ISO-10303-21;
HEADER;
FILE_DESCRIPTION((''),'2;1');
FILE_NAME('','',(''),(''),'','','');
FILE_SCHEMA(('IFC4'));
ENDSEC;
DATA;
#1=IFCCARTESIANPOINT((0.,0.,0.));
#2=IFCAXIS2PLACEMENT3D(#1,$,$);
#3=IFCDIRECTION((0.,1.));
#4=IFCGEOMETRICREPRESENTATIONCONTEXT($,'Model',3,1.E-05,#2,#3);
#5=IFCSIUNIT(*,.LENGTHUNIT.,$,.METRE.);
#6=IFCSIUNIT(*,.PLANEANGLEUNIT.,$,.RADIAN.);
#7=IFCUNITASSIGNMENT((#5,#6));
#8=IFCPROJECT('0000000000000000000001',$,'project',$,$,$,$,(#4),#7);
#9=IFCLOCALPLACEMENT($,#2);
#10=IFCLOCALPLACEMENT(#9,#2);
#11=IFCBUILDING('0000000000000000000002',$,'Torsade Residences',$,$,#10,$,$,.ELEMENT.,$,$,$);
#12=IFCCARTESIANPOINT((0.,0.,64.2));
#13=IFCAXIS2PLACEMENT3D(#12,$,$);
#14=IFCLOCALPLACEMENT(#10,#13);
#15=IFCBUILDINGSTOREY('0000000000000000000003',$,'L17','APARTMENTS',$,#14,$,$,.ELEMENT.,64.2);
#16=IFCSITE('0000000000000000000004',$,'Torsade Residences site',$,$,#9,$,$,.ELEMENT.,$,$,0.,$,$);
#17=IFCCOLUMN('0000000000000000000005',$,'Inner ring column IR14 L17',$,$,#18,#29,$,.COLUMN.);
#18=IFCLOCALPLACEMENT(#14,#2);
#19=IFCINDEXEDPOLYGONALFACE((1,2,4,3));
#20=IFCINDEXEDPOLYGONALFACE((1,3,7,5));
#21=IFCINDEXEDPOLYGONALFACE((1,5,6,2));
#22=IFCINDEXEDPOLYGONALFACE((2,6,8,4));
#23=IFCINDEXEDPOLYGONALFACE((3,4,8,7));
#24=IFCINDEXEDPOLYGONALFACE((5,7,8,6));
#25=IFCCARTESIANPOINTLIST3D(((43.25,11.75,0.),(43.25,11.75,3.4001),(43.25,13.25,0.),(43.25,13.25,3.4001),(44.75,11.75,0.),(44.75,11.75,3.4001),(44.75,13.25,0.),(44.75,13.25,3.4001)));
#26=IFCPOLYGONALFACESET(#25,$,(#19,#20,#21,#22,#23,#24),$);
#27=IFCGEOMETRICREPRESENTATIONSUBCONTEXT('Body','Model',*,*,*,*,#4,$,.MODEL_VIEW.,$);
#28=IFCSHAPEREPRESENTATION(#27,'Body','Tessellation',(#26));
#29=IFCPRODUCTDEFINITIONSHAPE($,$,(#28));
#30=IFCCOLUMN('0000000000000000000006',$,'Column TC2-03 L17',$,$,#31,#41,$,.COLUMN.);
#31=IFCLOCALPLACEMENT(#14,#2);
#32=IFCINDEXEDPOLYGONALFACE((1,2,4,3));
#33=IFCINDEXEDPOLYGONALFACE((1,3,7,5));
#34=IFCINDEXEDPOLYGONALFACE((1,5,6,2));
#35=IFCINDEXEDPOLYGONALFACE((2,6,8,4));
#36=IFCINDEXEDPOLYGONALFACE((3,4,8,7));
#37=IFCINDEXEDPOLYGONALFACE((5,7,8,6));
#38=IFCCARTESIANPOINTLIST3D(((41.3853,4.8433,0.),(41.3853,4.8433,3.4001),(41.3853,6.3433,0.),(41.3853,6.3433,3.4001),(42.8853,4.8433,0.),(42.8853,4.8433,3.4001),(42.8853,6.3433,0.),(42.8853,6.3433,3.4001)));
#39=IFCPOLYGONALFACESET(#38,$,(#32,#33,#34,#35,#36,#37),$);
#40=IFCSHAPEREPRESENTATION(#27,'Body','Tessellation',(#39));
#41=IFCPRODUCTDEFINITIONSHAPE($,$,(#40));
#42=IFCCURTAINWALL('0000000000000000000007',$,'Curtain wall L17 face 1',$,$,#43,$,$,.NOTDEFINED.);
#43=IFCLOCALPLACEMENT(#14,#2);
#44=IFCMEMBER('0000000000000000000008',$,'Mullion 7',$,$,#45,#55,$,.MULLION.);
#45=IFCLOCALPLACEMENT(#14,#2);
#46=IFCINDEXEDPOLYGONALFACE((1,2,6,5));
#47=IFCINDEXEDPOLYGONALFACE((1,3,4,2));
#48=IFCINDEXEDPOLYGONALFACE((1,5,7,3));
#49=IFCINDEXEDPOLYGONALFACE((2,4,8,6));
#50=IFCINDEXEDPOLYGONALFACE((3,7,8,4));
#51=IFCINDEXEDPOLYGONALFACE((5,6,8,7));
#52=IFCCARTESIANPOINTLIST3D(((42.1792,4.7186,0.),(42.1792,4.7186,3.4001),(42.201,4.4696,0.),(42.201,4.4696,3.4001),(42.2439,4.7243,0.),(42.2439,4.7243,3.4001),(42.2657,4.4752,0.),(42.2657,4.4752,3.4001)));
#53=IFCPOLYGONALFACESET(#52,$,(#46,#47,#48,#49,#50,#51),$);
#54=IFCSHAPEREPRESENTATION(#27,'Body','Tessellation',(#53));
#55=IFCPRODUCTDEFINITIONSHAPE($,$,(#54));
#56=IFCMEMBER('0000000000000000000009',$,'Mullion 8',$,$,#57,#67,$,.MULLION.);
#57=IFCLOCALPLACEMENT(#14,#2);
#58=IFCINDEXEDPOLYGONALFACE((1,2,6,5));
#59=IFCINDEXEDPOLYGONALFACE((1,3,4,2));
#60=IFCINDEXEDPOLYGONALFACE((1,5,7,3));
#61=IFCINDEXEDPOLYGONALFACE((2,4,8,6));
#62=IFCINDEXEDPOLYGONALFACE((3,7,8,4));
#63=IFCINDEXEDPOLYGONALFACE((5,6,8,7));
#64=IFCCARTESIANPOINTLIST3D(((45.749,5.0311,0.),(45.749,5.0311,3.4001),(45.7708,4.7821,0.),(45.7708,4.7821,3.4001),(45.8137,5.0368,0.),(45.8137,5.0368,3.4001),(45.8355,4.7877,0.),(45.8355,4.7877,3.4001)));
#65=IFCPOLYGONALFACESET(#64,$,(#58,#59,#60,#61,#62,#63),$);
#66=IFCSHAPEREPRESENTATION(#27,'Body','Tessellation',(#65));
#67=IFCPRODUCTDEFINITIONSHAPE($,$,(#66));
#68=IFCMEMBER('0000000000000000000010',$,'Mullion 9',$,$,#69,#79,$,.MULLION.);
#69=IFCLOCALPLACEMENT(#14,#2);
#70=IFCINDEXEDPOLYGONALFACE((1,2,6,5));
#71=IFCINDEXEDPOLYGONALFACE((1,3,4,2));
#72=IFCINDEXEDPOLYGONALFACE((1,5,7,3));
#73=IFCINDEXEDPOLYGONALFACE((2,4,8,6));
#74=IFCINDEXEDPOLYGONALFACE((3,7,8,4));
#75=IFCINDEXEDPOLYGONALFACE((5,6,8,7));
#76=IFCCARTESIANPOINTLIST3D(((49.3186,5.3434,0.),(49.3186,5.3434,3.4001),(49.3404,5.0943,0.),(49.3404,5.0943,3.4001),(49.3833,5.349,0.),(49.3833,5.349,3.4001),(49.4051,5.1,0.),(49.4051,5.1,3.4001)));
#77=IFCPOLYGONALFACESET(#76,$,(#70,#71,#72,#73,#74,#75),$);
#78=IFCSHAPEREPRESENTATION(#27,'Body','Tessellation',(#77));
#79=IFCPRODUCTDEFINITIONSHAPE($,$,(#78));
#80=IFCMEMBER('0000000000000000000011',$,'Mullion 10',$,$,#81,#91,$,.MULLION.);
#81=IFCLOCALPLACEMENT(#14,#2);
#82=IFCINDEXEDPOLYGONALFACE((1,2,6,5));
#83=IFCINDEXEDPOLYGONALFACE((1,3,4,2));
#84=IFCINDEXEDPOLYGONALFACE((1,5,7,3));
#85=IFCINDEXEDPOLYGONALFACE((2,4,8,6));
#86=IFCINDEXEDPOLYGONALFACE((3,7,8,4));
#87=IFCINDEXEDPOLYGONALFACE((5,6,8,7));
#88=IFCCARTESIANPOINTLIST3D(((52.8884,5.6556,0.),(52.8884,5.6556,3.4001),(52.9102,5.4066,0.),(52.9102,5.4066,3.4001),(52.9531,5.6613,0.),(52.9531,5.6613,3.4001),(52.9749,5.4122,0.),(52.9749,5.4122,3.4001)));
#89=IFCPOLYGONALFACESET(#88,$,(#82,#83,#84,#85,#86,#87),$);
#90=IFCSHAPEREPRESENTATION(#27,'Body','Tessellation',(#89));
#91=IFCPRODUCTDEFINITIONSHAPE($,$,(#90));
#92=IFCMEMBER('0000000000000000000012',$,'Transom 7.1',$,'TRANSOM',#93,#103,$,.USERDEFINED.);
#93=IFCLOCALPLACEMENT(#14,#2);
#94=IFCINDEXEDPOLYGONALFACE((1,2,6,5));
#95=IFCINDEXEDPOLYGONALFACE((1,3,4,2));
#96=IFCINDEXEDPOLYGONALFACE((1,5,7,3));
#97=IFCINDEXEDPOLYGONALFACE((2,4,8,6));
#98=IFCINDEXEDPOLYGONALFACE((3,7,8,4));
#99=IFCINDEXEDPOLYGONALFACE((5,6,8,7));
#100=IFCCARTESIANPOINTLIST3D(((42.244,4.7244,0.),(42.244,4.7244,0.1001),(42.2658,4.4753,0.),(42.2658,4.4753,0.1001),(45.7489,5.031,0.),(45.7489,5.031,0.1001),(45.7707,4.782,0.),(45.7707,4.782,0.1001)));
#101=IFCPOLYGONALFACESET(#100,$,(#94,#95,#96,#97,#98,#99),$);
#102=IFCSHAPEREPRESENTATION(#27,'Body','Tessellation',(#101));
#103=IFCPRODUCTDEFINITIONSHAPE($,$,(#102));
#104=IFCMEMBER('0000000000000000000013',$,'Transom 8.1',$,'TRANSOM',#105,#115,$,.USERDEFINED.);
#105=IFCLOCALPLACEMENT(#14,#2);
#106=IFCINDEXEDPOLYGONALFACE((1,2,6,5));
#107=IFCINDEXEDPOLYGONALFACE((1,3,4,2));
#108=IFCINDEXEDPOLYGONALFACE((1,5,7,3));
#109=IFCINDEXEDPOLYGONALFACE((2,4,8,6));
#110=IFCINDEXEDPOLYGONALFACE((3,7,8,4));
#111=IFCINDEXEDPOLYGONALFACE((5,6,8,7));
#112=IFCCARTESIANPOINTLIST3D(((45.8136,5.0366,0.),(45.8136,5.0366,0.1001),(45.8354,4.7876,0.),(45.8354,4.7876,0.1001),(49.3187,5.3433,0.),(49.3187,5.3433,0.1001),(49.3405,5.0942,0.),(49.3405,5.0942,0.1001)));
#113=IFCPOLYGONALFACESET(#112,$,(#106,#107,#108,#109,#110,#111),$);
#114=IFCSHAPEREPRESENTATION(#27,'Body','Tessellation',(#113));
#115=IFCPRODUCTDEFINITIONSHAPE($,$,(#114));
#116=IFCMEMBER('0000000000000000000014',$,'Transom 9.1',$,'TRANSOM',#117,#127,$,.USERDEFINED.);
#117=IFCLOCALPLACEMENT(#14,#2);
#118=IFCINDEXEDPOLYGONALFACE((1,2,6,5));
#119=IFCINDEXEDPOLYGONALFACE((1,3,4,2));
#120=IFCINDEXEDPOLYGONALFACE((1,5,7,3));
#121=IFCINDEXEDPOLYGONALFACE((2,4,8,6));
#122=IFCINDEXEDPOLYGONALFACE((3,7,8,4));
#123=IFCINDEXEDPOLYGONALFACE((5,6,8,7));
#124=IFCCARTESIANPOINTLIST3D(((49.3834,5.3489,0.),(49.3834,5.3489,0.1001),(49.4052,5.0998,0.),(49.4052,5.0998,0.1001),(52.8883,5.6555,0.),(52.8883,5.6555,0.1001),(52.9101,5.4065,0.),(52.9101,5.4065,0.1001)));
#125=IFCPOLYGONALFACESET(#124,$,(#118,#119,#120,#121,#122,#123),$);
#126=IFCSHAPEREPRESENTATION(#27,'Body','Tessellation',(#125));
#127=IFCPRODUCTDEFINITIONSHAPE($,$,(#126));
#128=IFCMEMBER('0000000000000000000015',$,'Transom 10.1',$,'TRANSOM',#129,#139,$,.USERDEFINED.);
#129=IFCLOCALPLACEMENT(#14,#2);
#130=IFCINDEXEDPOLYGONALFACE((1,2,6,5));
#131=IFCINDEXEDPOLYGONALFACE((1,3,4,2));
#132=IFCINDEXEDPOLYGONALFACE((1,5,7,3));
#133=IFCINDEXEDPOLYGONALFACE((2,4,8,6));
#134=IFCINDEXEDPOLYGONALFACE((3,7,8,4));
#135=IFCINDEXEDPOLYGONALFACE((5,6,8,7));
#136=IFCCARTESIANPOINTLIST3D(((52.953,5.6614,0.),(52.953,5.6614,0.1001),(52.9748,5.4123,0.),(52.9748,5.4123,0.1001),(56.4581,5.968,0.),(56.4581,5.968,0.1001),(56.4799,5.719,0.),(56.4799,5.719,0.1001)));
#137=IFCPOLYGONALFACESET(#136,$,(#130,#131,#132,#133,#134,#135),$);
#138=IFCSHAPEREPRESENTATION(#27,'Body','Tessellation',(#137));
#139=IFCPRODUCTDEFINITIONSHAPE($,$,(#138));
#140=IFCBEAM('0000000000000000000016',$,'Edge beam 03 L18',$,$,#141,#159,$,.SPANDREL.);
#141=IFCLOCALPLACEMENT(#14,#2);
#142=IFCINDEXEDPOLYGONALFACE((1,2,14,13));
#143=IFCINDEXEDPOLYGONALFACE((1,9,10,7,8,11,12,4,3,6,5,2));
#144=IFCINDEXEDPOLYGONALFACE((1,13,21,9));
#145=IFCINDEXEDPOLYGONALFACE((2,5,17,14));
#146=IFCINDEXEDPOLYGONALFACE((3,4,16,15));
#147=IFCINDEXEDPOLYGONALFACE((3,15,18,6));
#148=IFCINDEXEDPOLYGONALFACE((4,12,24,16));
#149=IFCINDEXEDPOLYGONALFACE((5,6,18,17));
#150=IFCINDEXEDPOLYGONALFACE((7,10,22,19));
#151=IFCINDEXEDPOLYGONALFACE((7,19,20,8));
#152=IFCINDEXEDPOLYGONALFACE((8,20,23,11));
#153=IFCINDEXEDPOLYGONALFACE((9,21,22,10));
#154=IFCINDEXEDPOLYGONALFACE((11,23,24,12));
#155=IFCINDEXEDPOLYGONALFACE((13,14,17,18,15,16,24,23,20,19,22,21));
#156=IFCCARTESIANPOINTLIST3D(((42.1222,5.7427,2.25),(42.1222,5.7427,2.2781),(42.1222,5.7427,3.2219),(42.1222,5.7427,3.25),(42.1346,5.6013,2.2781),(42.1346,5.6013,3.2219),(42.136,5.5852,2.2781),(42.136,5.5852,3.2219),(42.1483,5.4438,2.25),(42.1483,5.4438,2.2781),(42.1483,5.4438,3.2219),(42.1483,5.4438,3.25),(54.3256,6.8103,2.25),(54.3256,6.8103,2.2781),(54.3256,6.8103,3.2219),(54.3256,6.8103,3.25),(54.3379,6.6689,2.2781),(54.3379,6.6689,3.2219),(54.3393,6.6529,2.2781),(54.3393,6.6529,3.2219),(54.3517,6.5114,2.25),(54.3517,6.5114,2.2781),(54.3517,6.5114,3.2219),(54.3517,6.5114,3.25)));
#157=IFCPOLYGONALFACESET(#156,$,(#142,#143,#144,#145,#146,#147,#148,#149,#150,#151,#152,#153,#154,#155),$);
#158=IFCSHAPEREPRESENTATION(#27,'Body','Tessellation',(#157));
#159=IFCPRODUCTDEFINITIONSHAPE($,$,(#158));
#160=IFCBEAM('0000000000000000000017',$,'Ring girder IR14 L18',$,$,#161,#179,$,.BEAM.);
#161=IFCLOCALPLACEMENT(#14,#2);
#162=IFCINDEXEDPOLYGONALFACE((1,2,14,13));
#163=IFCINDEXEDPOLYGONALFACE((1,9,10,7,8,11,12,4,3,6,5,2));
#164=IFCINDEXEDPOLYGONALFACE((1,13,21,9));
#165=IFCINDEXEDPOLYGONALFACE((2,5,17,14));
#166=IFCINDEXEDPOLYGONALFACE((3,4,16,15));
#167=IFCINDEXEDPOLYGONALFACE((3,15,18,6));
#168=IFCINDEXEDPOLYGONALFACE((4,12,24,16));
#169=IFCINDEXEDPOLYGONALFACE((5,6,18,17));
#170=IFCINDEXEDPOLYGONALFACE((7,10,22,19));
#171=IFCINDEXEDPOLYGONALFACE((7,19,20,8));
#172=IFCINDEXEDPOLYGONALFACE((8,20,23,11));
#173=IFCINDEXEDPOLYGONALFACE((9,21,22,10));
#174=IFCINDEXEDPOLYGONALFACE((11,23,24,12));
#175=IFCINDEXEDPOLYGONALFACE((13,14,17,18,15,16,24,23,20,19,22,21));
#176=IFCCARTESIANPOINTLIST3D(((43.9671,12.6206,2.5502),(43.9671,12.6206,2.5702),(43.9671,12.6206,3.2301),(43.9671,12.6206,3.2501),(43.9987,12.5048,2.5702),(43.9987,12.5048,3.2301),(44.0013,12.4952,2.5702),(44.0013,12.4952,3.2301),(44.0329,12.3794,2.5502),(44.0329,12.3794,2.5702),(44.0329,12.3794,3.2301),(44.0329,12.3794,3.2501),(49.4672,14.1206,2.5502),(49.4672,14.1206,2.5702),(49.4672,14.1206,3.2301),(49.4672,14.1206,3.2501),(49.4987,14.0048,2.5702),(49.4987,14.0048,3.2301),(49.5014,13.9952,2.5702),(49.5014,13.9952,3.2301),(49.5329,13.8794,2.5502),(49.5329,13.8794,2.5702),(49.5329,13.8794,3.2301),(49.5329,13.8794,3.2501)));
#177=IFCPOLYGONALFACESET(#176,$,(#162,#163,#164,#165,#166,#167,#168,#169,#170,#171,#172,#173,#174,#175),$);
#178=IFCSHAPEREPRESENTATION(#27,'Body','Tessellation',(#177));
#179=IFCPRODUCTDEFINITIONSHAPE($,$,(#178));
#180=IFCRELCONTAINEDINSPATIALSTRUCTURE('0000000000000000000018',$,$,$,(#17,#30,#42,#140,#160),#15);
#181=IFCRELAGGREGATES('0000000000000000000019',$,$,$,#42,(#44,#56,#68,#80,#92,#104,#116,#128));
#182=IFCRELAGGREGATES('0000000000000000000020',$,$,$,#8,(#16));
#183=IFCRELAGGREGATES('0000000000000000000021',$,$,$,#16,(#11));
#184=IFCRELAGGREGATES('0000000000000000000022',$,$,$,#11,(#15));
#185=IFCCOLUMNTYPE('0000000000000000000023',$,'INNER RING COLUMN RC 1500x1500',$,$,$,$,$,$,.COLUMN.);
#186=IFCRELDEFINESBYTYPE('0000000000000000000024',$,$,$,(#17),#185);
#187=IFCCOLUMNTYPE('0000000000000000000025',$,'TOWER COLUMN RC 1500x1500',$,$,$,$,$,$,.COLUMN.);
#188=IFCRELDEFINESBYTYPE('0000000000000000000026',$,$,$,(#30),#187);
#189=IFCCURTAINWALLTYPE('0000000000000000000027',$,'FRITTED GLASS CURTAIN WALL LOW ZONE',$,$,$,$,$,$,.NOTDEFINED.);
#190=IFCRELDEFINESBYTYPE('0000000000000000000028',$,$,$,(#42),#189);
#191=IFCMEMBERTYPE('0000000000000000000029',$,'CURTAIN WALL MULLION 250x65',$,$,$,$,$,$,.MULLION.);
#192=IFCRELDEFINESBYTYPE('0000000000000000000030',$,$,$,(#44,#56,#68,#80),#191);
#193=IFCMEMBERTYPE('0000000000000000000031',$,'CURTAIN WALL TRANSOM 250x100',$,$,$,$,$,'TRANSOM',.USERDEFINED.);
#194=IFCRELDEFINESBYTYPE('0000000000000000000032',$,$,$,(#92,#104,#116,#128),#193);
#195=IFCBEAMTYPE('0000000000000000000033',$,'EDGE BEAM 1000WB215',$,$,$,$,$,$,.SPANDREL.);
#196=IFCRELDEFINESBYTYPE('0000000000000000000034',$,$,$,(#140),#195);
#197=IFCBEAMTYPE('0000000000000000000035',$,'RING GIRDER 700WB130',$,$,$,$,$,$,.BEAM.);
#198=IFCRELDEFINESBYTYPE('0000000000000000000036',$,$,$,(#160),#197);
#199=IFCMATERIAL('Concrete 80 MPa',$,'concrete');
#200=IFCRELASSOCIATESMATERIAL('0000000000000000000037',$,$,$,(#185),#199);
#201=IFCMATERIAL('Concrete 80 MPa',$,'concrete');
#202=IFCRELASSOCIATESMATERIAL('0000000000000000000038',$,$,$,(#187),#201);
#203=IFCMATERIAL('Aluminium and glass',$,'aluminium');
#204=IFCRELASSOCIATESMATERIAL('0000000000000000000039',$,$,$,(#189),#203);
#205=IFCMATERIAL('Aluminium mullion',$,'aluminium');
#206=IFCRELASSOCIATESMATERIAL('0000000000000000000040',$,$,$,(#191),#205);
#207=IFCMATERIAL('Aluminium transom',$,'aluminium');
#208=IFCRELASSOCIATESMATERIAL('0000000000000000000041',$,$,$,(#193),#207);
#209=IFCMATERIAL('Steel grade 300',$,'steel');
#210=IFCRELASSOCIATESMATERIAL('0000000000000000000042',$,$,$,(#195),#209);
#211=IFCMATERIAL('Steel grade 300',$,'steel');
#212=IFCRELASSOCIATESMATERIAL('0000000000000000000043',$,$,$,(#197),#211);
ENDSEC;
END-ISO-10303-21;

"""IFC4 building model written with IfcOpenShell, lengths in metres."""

from ifc_helpers import new_model, si_unit, direction, frame, origin, origin_2d, place, context, subcontext, project, spatial, rectangle, i_section, extrude, material, material_profile, profile_set, type_object, element, aggregate, save


model = new_model("IFC4")

# Units and contexts
model_context = context("Model", 3, precision=1e-05, world=origin(), true_north=direction((0.0, 1.0)))
body_context = subcontext(model_context, "Body", "Model", "MODEL_VIEW")
ifc_project = project(units=[si_unit("LENGTHUNIT", "METRE"), si_unit("PLANEANGLEUNIT", "RADIAN")], contexts=[model_context])

# Site, building, storey
site_placement = place(None, origin())
site = spatial("IfcSite", under=ifc_project, at=site_placement, Name="Torsade Residences site", CompositionType="ELEMENT", RefElevation=0.0)
building_placement = place(site_placement, origin())
building = spatial("IfcBuilding", under=site, at=building_placement, Name="Torsade Residences", CompositionType="ELEMENT")
storey_placement = place(building_placement, frame((0.0, 0.0, 64.2)))
storey = spatial("IfcBuildingStorey", under=building, at=storey_placement, Name="L17", Description="APARTMENTS", CompositionType="ELEMENT", Elevation=64.2)

# Columns
ifc_material_1 = material(Name="Concrete 80 MPa", Category="concrete")
ifc_material_profile_1 = material_profile(ifc_material_1, rectangle(XDim=1.5, YDim=1.5, at=origin_2d()), Name="RC 1500x1500")
ifc_profile_set_1 = profile_set([ifc_material_profile_1], Name="Concrete 80 MPa")
column_type_1 = type_object("IfcColumnType", Name="INNER RING COLUMN RC 1500x1500", PredefinedType="COLUMN", material=ifc_profile_set_1)
column_1_placement = place(storey_placement, frame((44.0, 12.5, 0.0), z_axis=(0.0, 0.0, 1.0), x_axis=(1.0, 0.0, 0.0)))
element("IfcColumn", 1, at=column_1_placement, inside=storey, type_object=column_type_1, Name="Inner ring column IR14 L17", PredefinedType="COLUMN", context=body_context, shape_type="SweptSolid", body=[
    extrude(rectangle(XDim=1.5, YDim=1.5, at=origin_2d()), origin(), (0.0, 0.0, 1.0), 3.4001),
])
ifc_material_2 = material(Name="Concrete 80 MPa", Category="concrete")
ifc_material_profile_2 = material_profile(ifc_material_2, rectangle(XDim=1.5, YDim=1.5, at=origin_2d()), Name="RC 1500x1500")
ifc_profile_set_2 = profile_set([ifc_material_profile_2], Name="Concrete 80 MPa")
column_type_2 = type_object("IfcColumnType", Name="TOWER COLUMN RC 1500x1500", PredefinedType="COLUMN", material=ifc_profile_set_2)
column_2_placement = place(storey_placement, frame((42.1353, 5.5933, 0.0), z_axis=(0.0, 0.0, 1.0), x_axis=(1.0, 0.0, 0.0)))
element("IfcColumn", 2, at=column_2_placement, inside=storey, type_object=column_type_2, Name="Column TC2-03 L17", PredefinedType="COLUMN", context=body_context, shape_type="SweptSolid", body=[
    extrude(rectangle(XDim=1.5, YDim=1.5, at=origin_2d()), origin(), (0.0, 0.0, 1.0), 3.4001),
])

# Curtain wall, members
ifc_material_3 = material(Name="Aluminium and glass", Category="aluminium")
curtain_wall_type = type_object("IfcCurtainWallType", Name="FRITTED GLASS CURTAIN WALL LOW ZONE", PredefinedType="NOTDEFINED", material=ifc_material_3)
curtain_wall_placement = place(storey_placement, origin())
curtain_wall = element("IfcCurtainWall", 3, at=curtain_wall_placement, inside=storey, type_object=curtain_wall_type, Name="Curtain wall L17 face 1", PredefinedType="NOTDEFINED")
ifc_material_4 = material(Name="Aluminium mullion", Category="aluminium")
ifc_material_profile_3 = material_profile(ifc_material_4, rectangle(XDim=0.25, YDim=0.0649, at=origin_2d()), Name="CURTAIN WALL MULLION 250x65")
ifc_profile_set_3 = profile_set([ifc_material_profile_3], Name="Aluminium mullion")
member_type_1 = type_object("IfcMemberType", Name="CURTAIN WALL MULLION 250x65", PredefinedType="MULLION", material=ifc_profile_set_3)
member_1_placement = place(storey_placement, frame((42.2224, 4.5969, 0.0), z_axis=(0.0, 0.0, 1.0), x_axis=(-0.087156, 0.996195, 0.0)))
member_1 = element("IfcMember", 4, at=member_1_placement, type_object=member_type_1, Name="Mullion 7", PredefinedType="MULLION", context=body_context, shape_type="SweptSolid", body=[
    extrude(rectangle(XDim=0.25, YDim=0.0649, at=origin_2d()), origin(), (0.0, 0.0, 1.0), 3.4001),
])
member_2_placement = place(storey_placement, frame((45.7922, 4.9094, 0.0), z_axis=(0.0, 0.0, 1.0), x_axis=(-0.087156, 0.996195, 0.0)))
member_2 = element("IfcMember", 5, at=member_2_placement, type_object=member_type_1, Name="Mullion 8", PredefinedType="MULLION", context=body_context, shape_type="SweptSolid", body=[
    extrude(rectangle(XDim=0.25, YDim=0.0649, at=origin_2d()), origin(), (0.0, 0.0, 1.0), 3.4001),
])
member_3_placement = place(storey_placement, frame((49.3618, 5.2217, 0.0), z_axis=(0.0, 0.0, 1.0), x_axis=(-0.087156, 0.996195, 0.0)))
member_3 = element("IfcMember", 6, at=member_3_placement, type_object=member_type_1, Name="Mullion 9", PredefinedType="MULLION", context=body_context, shape_type="SweptSolid", body=[
    extrude(rectangle(XDim=0.25, YDim=0.0649, at=origin_2d()), origin(), (0.0, 0.0, 1.0), 3.4001),
])
member_4_placement = place(storey_placement, frame((52.9316, 5.5339, 0.0), z_axis=(0.0, 0.0, 1.0), x_axis=(-0.087156, 0.996195, 0.0)))
member_4 = element("IfcMember", 7, at=member_4_placement, type_object=member_type_1, Name="Mullion 10", PredefinedType="MULLION", context=body_context, shape_type="SweptSolid", body=[
    extrude(rectangle(XDim=0.25, YDim=0.0649, at=origin_2d()), origin(), (0.0, 0.0, 1.0), 3.4001),
])
ifc_material_5 = material(Name="Aluminium transom", Category="aluminium")
ifc_material_profile_4 = material_profile(ifc_material_5, rectangle(XDim=0.25, YDim=0.1001, at=origin_2d()), Name="CURTAIN WALL TRANSOM 250x100")
ifc_profile_set_4 = profile_set([ifc_material_profile_4], Name="Aluminium transom")
member_type_2 = type_object("IfcMemberType", Name="CURTAIN WALL TRANSOM 250x100", ElementType="TRANSOM", PredefinedType="USERDEFINED", material=ifc_profile_set_4)
member_5_placement = place(storey_placement, frame((42.2549, 4.5999, 0.05), z_axis=(0.996195, 0.087157, 0.0), x_axis=(-0.087157, 0.996195, 0.0)))
member_5 = element("IfcMember", 8, at=member_5_placement, type_object=member_type_2, Name="Transom 7.1", ObjectType="TRANSOM", PredefinedType="USERDEFINED", context=body_context, shape_type="SweptSolid", body=[
    extrude(rectangle(XDim=0.25, YDim=0.1001, at=origin_2d()), origin(), (0.0, 0.0, 1.0), 3.5183),
])
member_6_placement = place(storey_placement, frame((45.8245, 4.9121, 0.05), z_axis=(0.996195, 0.087151, 0.0), x_axis=(-0.087151, 0.996195, 0.0)))
member_6 = element("IfcMember", 9, at=member_6_placement, type_object=member_type_2, Name="Transom 8.1", ObjectType="TRANSOM", PredefinedType="USERDEFINED", context=body_context, shape_type="SweptSolid", body=[
    extrude(rectangle(XDim=0.25, YDim=0.1001, at=origin_2d()), origin(), (0.0, 0.0, 1.0), 3.5186),
])
member_7_placement = place(storey_placement, frame((49.3943, 5.2244, 0.05), z_axis=(0.996195, 0.087157, 0.0), x_axis=(-0.087157, 0.996195, 0.0)))
member_7 = element("IfcMember", 10, at=member_7_placement, type_object=member_type_2, Name="Transom 9.1", ObjectType="TRANSOM", PredefinedType="USERDEFINED", context=body_context, shape_type="SweptSolid", body=[
    extrude(rectangle(XDim=0.25, YDim=0.1001, at=origin_2d()), origin(), (0.0, 0.0, 1.0), 3.5183),
])
member_8_placement = place(storey_placement, frame((52.9639, 5.5369, 0.05), z_axis=(0.996195, 0.087151, 0.0), x_axis=(-0.087151, 0.996195, 0.0)))
member_8 = element("IfcMember", 11, at=member_8_placement, type_object=member_type_2, Name="Transom 10.1", ObjectType="TRANSOM", PredefinedType="USERDEFINED", context=body_context, shape_type="SweptSolid", body=[
    extrude(rectangle(XDim=0.25, YDim=0.1001, at=origin_2d()), origin(), (0.0, 0.0, 1.0), 3.5186),
])

# Beams
ifc_material_6 = material(Name="Steel grade 300", Category="steel")
ifc_material_profile_5 = material_profile(ifc_material_6, i_section(OverallWidth=0.3, OverallDepth=1.0, WebThickness=0.0161, FlangeThickness=0.0281, at=origin_2d()), Name="1000WB215")
ifc_profile_set_5 = profile_set([ifc_material_profile_5], Name="Steel grade 300")
beam_type_1 = type_object("IfcBeamType", Name="EDGE BEAM 1000WB215", PredefinedType="SPANDREL", material=ifc_profile_set_5)
beam_1_placement = place(storey_placement, frame((42.1353, 5.5933, 2.75), z_axis=(0.996195, 0.087153, 0.0), x_axis=(-0.087153, 0.996195, 0.0)))
element("IfcBeam", 12, at=beam_1_placement, inside=storey, type_object=beam_type_1, Name="Edge beam 03 L18", PredefinedType="SPANDREL", context=body_context, shape_type="SweptSolid", body=[
    extrude(i_section(OverallWidth=0.3, OverallDepth=1.0, WebThickness=0.0161, FlangeThickness=0.0281, at=origin_2d()), origin(), (0.0, 0.0, 1.0), 12.25),
])
ifc_material_7 = material(Name="Steel grade 300", Category="steel")
ifc_material_profile_6 = material_profile(ifc_material_7, i_section(OverallWidth=0.25, OverallDepth=0.7, WebThickness=0.01, FlangeThickness=0.02, at=origin_2d()), Name="700WB130")
ifc_profile_set_6 = profile_set([ifc_material_profile_6], Name="Steel grade 300")
beam_type_2 = type_object("IfcBeamType", Name="RING GIRDER 700WB130", PredefinedType="BEAM", material=ifc_profile_set_6)
beam_2_placement = place(storey_placement, frame((44.0, 12.5, 2.9001), z_axis=(0.964764, 0.263117, 0.0), x_axis=(-0.263117, 0.964764, 0.0)))
element("IfcBeam", 13, at=beam_2_placement, inside=storey, type_object=beam_type_2, Name="Ring girder IR14 L18", PredefinedType="BEAM", context=body_context, shape_type="SweptSolid", body=[
    extrude(i_section(OverallWidth=0.25, OverallDepth=0.7, WebThickness=0.01, FlangeThickness=0.02, at=origin_2d()), origin(), (0.0, 0.0, 1.0), 5.7009),
])

aggregate(curtain_wall, [member_1, member_2, member_3, member_4, member_5, member_6, member_7, member_8])

save(model, "model.ifc")
